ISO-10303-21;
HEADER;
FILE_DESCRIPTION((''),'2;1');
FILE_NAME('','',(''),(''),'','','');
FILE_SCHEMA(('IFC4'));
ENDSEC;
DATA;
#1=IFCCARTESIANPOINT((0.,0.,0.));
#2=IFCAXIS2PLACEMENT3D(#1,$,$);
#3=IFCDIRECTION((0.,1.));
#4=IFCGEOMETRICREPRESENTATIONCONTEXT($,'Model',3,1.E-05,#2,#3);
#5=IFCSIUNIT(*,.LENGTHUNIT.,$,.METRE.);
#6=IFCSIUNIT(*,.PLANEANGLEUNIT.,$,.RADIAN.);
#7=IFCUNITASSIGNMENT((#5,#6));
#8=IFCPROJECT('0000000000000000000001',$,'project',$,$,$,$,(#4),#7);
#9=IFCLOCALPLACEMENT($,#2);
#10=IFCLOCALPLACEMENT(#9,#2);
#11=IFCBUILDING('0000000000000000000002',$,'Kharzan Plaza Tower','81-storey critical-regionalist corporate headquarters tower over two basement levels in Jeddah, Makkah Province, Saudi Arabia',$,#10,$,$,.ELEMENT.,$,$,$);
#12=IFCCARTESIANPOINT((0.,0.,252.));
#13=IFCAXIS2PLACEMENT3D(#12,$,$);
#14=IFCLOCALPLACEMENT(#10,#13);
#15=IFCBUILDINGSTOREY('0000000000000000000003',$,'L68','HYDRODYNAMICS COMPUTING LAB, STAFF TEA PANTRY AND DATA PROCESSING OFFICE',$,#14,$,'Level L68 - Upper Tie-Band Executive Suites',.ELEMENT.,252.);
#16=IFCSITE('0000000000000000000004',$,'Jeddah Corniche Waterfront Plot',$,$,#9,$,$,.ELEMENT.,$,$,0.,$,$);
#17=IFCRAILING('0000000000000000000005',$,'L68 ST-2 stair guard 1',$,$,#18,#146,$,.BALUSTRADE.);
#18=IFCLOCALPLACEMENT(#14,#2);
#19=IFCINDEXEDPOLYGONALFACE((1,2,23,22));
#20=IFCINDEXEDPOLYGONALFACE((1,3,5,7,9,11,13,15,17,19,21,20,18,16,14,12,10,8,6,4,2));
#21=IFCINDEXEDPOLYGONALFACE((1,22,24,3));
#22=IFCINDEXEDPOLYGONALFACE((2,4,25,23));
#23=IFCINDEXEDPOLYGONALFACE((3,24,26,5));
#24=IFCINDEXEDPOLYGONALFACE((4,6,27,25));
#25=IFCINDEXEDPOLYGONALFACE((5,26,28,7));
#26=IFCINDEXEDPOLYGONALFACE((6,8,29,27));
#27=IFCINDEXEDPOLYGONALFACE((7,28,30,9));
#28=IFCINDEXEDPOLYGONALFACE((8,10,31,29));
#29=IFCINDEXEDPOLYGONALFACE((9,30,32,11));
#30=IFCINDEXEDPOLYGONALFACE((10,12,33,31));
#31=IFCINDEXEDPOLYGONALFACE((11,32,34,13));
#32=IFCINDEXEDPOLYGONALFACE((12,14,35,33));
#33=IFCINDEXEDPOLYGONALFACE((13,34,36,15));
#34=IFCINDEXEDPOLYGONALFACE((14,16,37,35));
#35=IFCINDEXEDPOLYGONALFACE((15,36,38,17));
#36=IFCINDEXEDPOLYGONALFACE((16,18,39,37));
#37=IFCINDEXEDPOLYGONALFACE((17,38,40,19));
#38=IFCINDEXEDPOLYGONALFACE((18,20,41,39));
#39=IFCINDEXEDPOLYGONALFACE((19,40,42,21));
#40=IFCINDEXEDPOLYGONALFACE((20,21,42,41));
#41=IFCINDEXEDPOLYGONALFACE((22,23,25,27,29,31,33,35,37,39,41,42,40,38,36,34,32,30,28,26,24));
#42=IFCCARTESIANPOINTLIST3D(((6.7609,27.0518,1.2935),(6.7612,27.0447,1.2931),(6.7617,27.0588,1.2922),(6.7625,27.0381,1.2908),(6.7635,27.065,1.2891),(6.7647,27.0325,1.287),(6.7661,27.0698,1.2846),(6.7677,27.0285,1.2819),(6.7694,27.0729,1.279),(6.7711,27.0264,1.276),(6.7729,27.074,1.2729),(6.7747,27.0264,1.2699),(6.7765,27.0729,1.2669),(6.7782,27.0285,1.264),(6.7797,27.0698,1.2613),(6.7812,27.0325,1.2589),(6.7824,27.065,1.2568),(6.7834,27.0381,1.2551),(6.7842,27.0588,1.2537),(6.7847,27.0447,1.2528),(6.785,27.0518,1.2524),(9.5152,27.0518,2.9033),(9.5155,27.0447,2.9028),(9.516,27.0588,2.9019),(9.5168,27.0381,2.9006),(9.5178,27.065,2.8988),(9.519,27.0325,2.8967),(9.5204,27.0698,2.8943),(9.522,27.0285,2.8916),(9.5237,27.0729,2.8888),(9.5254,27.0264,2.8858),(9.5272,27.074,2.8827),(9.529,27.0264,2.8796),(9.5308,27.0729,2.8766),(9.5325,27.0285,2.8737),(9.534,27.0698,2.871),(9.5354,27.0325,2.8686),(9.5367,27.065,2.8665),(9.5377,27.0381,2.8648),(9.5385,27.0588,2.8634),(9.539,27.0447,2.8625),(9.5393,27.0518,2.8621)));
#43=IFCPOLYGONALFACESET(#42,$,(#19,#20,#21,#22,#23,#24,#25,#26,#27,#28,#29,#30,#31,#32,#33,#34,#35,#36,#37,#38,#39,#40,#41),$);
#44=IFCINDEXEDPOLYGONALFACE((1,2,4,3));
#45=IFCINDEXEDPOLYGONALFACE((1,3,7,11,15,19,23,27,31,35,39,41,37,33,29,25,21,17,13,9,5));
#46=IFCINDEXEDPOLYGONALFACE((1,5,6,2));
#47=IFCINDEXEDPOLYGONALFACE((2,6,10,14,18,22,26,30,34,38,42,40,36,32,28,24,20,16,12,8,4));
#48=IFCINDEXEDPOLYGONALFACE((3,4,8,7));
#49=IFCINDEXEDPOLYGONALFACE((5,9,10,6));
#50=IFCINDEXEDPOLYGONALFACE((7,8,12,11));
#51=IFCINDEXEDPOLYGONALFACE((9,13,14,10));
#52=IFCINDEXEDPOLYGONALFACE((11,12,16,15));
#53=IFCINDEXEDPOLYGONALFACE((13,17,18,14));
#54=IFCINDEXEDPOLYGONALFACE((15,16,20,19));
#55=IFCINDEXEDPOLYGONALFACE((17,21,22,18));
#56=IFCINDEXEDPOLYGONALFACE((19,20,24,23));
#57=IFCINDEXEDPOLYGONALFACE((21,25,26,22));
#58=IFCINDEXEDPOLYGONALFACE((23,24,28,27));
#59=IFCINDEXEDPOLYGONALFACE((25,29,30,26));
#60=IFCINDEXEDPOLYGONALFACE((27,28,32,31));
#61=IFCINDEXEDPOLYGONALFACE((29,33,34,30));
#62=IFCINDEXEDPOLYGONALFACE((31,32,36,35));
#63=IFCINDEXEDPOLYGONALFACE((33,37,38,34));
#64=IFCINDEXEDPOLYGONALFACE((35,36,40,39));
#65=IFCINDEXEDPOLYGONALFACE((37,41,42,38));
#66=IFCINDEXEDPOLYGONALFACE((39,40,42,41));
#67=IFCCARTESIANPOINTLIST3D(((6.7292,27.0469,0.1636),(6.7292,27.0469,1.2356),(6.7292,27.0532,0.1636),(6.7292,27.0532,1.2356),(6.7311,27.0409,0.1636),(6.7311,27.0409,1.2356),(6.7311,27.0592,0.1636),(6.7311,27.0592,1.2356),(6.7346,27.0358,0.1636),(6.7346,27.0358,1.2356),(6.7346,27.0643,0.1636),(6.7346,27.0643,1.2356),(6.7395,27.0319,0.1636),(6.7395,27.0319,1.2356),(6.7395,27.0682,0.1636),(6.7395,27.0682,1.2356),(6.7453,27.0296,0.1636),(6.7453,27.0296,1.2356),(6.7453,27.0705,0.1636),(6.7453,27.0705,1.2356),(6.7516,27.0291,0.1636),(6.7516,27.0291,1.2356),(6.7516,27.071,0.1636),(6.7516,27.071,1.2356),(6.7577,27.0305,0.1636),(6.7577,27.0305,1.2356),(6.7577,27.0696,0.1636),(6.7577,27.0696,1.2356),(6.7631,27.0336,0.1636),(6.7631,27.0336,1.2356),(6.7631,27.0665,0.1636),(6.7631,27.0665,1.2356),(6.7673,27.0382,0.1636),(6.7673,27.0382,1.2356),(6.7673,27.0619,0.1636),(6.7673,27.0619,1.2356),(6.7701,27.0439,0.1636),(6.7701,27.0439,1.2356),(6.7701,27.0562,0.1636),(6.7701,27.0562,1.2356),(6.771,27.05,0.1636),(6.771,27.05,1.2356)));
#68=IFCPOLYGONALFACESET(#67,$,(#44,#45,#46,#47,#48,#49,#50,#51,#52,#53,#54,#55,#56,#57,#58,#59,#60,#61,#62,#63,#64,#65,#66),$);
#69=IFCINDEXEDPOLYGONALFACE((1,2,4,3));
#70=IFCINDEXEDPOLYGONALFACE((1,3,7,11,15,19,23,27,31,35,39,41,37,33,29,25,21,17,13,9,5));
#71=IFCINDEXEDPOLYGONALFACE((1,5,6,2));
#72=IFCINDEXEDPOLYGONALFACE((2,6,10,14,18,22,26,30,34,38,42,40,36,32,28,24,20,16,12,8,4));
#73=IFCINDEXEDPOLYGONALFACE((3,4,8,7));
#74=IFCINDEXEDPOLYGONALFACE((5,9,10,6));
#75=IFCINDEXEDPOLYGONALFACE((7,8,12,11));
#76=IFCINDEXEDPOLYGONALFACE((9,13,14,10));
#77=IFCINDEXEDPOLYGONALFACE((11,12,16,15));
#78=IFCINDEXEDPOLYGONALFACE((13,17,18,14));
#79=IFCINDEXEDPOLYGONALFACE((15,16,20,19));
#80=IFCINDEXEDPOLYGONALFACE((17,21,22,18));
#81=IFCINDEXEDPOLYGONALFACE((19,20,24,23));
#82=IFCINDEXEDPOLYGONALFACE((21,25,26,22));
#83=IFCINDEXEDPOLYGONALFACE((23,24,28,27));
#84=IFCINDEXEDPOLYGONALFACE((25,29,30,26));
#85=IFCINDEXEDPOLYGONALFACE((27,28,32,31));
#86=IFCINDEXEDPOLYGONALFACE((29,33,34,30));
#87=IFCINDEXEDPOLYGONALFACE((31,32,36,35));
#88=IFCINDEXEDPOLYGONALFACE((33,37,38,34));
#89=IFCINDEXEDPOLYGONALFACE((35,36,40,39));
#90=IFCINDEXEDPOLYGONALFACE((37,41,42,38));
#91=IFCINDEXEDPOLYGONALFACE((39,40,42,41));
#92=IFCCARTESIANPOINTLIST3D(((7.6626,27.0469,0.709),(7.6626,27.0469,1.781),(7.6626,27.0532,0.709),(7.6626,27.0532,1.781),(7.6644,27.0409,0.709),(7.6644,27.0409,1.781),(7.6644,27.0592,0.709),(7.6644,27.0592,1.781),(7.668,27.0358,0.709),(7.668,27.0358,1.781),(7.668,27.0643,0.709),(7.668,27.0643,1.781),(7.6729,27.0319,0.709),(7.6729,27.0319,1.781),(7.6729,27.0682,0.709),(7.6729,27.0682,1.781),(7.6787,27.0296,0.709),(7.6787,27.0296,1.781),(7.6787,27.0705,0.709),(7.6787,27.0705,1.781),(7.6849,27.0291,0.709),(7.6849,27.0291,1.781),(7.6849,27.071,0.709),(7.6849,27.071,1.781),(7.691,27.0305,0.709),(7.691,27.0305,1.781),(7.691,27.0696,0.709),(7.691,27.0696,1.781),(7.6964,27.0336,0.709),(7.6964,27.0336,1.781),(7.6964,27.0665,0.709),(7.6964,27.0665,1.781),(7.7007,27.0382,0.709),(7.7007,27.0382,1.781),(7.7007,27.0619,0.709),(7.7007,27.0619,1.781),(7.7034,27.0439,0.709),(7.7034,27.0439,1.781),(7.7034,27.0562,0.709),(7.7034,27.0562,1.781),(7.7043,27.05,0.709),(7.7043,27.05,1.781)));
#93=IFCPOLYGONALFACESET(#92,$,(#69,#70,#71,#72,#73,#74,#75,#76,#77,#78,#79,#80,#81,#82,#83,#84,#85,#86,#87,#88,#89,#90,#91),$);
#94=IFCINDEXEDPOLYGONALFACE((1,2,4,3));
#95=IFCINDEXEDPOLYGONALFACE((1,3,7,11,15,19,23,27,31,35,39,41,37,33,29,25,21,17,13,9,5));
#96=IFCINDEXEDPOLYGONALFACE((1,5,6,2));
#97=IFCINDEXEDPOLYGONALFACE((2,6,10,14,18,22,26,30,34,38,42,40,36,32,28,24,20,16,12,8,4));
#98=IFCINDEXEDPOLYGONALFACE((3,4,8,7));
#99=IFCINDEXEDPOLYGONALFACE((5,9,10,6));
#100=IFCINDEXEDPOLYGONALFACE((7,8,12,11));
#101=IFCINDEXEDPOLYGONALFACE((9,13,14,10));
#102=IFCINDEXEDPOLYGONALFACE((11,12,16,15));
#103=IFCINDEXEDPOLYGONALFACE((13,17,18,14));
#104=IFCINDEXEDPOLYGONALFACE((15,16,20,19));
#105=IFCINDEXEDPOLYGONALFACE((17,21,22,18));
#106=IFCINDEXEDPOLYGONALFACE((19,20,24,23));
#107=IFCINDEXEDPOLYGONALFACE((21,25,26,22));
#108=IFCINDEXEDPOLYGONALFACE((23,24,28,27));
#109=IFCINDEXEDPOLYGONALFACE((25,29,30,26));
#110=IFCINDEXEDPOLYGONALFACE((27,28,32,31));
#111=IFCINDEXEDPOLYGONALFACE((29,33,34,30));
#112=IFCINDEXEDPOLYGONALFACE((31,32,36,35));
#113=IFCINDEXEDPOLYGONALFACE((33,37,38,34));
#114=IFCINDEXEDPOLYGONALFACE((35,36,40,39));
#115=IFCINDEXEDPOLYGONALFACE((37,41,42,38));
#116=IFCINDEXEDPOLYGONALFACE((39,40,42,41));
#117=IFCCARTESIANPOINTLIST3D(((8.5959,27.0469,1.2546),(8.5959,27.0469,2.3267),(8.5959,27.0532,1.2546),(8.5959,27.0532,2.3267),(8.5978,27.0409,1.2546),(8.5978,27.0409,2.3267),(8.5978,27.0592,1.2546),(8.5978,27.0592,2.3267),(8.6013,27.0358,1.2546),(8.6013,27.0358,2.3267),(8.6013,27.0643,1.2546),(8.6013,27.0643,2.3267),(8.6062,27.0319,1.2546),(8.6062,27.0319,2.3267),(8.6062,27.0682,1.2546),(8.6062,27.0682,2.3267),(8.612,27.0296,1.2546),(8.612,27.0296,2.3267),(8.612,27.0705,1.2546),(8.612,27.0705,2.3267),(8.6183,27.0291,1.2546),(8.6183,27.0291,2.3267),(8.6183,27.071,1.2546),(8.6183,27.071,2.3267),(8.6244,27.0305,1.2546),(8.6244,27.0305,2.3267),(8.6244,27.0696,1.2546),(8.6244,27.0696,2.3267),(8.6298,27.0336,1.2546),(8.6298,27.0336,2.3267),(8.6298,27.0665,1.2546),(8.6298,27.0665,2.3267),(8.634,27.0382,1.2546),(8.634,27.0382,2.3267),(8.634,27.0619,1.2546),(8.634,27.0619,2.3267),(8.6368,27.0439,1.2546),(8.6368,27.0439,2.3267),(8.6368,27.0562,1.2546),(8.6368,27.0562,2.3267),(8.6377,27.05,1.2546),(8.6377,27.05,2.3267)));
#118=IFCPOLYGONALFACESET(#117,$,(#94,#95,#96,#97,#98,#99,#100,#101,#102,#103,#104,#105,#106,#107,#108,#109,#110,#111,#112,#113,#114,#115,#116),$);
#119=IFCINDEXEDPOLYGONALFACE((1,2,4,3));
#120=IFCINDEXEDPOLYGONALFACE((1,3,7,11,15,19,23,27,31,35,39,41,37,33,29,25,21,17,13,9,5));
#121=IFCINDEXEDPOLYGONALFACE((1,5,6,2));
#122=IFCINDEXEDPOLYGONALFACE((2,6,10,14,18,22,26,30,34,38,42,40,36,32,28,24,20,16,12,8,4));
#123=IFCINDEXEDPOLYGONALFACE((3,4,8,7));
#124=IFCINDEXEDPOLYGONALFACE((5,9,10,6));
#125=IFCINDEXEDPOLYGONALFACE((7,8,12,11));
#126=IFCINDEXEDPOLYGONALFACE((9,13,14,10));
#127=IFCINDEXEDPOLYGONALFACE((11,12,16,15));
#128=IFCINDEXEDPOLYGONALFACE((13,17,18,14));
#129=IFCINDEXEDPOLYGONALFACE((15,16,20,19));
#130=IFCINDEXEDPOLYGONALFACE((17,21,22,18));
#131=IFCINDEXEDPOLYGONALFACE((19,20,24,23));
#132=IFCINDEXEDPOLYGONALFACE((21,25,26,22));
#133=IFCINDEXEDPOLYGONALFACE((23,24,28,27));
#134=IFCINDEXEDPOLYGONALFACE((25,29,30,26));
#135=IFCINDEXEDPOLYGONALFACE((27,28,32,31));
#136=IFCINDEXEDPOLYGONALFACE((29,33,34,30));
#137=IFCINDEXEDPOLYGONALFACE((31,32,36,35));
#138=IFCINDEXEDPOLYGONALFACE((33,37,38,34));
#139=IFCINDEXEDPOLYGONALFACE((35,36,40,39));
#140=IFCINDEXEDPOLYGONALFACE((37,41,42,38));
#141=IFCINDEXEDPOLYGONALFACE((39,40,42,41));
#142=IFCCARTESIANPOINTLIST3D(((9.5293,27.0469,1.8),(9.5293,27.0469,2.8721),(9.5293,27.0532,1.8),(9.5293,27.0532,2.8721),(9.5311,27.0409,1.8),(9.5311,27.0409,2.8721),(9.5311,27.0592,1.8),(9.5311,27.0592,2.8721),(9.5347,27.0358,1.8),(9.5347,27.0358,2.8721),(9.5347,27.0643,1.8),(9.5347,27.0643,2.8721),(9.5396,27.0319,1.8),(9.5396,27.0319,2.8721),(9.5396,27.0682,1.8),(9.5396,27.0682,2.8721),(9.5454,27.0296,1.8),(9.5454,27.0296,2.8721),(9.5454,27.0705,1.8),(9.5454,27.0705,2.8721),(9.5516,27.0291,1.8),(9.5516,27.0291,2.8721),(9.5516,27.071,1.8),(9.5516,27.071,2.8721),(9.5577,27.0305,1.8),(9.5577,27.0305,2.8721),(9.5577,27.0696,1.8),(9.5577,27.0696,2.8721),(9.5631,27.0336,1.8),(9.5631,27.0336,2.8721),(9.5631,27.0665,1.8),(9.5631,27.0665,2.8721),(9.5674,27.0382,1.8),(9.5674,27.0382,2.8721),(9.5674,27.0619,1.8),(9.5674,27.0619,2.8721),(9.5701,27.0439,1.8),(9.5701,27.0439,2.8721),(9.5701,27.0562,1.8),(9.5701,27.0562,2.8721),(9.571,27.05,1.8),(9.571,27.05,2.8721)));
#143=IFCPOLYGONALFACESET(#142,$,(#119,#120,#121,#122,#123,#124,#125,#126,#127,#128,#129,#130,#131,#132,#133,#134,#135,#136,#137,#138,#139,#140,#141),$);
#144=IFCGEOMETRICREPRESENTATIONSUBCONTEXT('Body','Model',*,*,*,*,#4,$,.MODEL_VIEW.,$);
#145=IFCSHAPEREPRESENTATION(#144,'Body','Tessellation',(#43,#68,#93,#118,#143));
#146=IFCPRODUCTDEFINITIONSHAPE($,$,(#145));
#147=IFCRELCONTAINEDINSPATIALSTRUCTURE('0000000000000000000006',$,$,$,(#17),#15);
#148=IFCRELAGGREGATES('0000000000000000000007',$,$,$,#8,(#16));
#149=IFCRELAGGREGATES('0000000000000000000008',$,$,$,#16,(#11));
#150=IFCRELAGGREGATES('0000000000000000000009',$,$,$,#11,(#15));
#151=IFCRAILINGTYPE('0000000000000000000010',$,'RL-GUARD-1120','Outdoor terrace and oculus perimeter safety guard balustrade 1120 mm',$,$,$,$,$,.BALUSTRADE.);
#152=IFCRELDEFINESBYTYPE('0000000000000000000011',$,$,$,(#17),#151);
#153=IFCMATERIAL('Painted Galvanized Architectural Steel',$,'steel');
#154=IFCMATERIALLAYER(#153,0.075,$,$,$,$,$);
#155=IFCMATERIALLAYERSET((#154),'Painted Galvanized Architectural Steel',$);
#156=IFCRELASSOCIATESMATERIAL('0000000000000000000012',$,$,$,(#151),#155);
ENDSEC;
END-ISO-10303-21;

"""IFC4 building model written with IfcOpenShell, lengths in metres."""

from ifc_helpers import new_model, si_unit, direction, frame, origin, origin_2d, place, context, subcontext, project, spatial, circle, extrude, source, transform, mapped, material, layer, layer_set, type_object, element, save


model = new_model("IFC4")

# Units and contexts
model_context = context("Model", 3, precision=1e-05, world=origin(), true_north=direction((0.0, 1.0)))
body_context = subcontext(model_context, "Body", "Model", "MODEL_VIEW")
ifc_project = project(units=[si_unit("LENGTHUNIT", "METRE"), si_unit("PLANEANGLEUNIT", "RADIAN")], contexts=[model_context])

# Site, building, storey
site_placement = place(None, origin())
site = spatial("IfcSite", under=ifc_project, at=site_placement, Name="Jeddah Corniche Waterfront Plot", CompositionType="ELEMENT", RefElevation=0.0)
building_placement = place(site_placement, origin())
building = spatial("IfcBuilding", under=site, at=building_placement, Name="Kharzan Plaza Tower", Description="81-storey critical-regionalist corporate headquarters tower over two basement levels in Jeddah, Makkah Province, Saudi Arabia", CompositionType="ELEMENT")
storey_placement = place(building_placement, frame((0.0, 0.0, 252.0)))
storey = spatial("IfcBuildingStorey", under=building, at=storey_placement, Name="L68", Description="HYDRODYNAMICS COMPUTING LAB, STAFF TEA PANTRY AND DATA PROCESSING OFFICE", LongName="Level L68 - Upper Tie-Band Executive Suites", CompositionType="ELEMENT", Elevation=252.0)

# Railing
ifc_material_1 = material(Name="Painted Galvanized Architectural Steel", Category="steel")
ifc_layer_1 = layer(ifc_material_1, 0.075)
ifc_layer_set_1 = layer_set([ifc_layer_1], Name="Painted Galvanized Architectural Steel")
railing_type_1 = type_object("IfcRailingType", Name="RL-GUARD-1120", Description="Outdoor terrace and oculus perimeter safety guard balustrade 1120 mm", PredefinedType="BALUSTRADE", material=ifc_layer_set_1)
shared_shape_1 = source(origin(), body_context, "Body", "SweptSolid", [
    extrude(circle(Radius=0.0239, at=origin_2d()), frame((0.0229, 0.0, 1.1094), z_axis=(0.863361, 0.0, 0.504587), x_axis=(0.0, 1.0, 0.0)), (0.0, 0.0, 1.0), 3.1902),
    extrude(circle(Radius=0.021, at=origin_2d()), origin(), (0.0, 0.0, 1.0), 1.072),
    extrude(circle(Radius=0.021, at=origin_2d()), frame((0.9333, 0.0, 0.5454)), (0.0, 0.0, 1.0), 1.072),
    extrude(circle(Radius=0.021, at=origin_2d()), frame((1.8667, 0.0, 1.0911)), (0.0, 0.0, 1.0), 1.072),
    extrude(circle(Radius=0.021, at=origin_2d()), frame((2.8, 0.0, 1.6365)), (0.0, 0.0, 1.0), 1.072),
])
railing_1_placement = place(storey_placement, frame((6.75, 27.05, 0.1636)))
element("IfcRailing", 1, at=railing_1_placement, inside=storey, type_object=railing_type_1, Name="L68 ST-2 stair guard 1", PredefinedType="BALUSTRADE", context=body_context, shape_type="MappedRepresentation", body=[
    mapped(shared_shape_1, transform((0.0, 0.0, 0.0), x_axis=(1.0, 0.0, 0.0), y_axis=(0.0, 1.0, 0.0), z_axis=(0.0, 0.0, 1.0))),
])

save(model, "model.ifc")
